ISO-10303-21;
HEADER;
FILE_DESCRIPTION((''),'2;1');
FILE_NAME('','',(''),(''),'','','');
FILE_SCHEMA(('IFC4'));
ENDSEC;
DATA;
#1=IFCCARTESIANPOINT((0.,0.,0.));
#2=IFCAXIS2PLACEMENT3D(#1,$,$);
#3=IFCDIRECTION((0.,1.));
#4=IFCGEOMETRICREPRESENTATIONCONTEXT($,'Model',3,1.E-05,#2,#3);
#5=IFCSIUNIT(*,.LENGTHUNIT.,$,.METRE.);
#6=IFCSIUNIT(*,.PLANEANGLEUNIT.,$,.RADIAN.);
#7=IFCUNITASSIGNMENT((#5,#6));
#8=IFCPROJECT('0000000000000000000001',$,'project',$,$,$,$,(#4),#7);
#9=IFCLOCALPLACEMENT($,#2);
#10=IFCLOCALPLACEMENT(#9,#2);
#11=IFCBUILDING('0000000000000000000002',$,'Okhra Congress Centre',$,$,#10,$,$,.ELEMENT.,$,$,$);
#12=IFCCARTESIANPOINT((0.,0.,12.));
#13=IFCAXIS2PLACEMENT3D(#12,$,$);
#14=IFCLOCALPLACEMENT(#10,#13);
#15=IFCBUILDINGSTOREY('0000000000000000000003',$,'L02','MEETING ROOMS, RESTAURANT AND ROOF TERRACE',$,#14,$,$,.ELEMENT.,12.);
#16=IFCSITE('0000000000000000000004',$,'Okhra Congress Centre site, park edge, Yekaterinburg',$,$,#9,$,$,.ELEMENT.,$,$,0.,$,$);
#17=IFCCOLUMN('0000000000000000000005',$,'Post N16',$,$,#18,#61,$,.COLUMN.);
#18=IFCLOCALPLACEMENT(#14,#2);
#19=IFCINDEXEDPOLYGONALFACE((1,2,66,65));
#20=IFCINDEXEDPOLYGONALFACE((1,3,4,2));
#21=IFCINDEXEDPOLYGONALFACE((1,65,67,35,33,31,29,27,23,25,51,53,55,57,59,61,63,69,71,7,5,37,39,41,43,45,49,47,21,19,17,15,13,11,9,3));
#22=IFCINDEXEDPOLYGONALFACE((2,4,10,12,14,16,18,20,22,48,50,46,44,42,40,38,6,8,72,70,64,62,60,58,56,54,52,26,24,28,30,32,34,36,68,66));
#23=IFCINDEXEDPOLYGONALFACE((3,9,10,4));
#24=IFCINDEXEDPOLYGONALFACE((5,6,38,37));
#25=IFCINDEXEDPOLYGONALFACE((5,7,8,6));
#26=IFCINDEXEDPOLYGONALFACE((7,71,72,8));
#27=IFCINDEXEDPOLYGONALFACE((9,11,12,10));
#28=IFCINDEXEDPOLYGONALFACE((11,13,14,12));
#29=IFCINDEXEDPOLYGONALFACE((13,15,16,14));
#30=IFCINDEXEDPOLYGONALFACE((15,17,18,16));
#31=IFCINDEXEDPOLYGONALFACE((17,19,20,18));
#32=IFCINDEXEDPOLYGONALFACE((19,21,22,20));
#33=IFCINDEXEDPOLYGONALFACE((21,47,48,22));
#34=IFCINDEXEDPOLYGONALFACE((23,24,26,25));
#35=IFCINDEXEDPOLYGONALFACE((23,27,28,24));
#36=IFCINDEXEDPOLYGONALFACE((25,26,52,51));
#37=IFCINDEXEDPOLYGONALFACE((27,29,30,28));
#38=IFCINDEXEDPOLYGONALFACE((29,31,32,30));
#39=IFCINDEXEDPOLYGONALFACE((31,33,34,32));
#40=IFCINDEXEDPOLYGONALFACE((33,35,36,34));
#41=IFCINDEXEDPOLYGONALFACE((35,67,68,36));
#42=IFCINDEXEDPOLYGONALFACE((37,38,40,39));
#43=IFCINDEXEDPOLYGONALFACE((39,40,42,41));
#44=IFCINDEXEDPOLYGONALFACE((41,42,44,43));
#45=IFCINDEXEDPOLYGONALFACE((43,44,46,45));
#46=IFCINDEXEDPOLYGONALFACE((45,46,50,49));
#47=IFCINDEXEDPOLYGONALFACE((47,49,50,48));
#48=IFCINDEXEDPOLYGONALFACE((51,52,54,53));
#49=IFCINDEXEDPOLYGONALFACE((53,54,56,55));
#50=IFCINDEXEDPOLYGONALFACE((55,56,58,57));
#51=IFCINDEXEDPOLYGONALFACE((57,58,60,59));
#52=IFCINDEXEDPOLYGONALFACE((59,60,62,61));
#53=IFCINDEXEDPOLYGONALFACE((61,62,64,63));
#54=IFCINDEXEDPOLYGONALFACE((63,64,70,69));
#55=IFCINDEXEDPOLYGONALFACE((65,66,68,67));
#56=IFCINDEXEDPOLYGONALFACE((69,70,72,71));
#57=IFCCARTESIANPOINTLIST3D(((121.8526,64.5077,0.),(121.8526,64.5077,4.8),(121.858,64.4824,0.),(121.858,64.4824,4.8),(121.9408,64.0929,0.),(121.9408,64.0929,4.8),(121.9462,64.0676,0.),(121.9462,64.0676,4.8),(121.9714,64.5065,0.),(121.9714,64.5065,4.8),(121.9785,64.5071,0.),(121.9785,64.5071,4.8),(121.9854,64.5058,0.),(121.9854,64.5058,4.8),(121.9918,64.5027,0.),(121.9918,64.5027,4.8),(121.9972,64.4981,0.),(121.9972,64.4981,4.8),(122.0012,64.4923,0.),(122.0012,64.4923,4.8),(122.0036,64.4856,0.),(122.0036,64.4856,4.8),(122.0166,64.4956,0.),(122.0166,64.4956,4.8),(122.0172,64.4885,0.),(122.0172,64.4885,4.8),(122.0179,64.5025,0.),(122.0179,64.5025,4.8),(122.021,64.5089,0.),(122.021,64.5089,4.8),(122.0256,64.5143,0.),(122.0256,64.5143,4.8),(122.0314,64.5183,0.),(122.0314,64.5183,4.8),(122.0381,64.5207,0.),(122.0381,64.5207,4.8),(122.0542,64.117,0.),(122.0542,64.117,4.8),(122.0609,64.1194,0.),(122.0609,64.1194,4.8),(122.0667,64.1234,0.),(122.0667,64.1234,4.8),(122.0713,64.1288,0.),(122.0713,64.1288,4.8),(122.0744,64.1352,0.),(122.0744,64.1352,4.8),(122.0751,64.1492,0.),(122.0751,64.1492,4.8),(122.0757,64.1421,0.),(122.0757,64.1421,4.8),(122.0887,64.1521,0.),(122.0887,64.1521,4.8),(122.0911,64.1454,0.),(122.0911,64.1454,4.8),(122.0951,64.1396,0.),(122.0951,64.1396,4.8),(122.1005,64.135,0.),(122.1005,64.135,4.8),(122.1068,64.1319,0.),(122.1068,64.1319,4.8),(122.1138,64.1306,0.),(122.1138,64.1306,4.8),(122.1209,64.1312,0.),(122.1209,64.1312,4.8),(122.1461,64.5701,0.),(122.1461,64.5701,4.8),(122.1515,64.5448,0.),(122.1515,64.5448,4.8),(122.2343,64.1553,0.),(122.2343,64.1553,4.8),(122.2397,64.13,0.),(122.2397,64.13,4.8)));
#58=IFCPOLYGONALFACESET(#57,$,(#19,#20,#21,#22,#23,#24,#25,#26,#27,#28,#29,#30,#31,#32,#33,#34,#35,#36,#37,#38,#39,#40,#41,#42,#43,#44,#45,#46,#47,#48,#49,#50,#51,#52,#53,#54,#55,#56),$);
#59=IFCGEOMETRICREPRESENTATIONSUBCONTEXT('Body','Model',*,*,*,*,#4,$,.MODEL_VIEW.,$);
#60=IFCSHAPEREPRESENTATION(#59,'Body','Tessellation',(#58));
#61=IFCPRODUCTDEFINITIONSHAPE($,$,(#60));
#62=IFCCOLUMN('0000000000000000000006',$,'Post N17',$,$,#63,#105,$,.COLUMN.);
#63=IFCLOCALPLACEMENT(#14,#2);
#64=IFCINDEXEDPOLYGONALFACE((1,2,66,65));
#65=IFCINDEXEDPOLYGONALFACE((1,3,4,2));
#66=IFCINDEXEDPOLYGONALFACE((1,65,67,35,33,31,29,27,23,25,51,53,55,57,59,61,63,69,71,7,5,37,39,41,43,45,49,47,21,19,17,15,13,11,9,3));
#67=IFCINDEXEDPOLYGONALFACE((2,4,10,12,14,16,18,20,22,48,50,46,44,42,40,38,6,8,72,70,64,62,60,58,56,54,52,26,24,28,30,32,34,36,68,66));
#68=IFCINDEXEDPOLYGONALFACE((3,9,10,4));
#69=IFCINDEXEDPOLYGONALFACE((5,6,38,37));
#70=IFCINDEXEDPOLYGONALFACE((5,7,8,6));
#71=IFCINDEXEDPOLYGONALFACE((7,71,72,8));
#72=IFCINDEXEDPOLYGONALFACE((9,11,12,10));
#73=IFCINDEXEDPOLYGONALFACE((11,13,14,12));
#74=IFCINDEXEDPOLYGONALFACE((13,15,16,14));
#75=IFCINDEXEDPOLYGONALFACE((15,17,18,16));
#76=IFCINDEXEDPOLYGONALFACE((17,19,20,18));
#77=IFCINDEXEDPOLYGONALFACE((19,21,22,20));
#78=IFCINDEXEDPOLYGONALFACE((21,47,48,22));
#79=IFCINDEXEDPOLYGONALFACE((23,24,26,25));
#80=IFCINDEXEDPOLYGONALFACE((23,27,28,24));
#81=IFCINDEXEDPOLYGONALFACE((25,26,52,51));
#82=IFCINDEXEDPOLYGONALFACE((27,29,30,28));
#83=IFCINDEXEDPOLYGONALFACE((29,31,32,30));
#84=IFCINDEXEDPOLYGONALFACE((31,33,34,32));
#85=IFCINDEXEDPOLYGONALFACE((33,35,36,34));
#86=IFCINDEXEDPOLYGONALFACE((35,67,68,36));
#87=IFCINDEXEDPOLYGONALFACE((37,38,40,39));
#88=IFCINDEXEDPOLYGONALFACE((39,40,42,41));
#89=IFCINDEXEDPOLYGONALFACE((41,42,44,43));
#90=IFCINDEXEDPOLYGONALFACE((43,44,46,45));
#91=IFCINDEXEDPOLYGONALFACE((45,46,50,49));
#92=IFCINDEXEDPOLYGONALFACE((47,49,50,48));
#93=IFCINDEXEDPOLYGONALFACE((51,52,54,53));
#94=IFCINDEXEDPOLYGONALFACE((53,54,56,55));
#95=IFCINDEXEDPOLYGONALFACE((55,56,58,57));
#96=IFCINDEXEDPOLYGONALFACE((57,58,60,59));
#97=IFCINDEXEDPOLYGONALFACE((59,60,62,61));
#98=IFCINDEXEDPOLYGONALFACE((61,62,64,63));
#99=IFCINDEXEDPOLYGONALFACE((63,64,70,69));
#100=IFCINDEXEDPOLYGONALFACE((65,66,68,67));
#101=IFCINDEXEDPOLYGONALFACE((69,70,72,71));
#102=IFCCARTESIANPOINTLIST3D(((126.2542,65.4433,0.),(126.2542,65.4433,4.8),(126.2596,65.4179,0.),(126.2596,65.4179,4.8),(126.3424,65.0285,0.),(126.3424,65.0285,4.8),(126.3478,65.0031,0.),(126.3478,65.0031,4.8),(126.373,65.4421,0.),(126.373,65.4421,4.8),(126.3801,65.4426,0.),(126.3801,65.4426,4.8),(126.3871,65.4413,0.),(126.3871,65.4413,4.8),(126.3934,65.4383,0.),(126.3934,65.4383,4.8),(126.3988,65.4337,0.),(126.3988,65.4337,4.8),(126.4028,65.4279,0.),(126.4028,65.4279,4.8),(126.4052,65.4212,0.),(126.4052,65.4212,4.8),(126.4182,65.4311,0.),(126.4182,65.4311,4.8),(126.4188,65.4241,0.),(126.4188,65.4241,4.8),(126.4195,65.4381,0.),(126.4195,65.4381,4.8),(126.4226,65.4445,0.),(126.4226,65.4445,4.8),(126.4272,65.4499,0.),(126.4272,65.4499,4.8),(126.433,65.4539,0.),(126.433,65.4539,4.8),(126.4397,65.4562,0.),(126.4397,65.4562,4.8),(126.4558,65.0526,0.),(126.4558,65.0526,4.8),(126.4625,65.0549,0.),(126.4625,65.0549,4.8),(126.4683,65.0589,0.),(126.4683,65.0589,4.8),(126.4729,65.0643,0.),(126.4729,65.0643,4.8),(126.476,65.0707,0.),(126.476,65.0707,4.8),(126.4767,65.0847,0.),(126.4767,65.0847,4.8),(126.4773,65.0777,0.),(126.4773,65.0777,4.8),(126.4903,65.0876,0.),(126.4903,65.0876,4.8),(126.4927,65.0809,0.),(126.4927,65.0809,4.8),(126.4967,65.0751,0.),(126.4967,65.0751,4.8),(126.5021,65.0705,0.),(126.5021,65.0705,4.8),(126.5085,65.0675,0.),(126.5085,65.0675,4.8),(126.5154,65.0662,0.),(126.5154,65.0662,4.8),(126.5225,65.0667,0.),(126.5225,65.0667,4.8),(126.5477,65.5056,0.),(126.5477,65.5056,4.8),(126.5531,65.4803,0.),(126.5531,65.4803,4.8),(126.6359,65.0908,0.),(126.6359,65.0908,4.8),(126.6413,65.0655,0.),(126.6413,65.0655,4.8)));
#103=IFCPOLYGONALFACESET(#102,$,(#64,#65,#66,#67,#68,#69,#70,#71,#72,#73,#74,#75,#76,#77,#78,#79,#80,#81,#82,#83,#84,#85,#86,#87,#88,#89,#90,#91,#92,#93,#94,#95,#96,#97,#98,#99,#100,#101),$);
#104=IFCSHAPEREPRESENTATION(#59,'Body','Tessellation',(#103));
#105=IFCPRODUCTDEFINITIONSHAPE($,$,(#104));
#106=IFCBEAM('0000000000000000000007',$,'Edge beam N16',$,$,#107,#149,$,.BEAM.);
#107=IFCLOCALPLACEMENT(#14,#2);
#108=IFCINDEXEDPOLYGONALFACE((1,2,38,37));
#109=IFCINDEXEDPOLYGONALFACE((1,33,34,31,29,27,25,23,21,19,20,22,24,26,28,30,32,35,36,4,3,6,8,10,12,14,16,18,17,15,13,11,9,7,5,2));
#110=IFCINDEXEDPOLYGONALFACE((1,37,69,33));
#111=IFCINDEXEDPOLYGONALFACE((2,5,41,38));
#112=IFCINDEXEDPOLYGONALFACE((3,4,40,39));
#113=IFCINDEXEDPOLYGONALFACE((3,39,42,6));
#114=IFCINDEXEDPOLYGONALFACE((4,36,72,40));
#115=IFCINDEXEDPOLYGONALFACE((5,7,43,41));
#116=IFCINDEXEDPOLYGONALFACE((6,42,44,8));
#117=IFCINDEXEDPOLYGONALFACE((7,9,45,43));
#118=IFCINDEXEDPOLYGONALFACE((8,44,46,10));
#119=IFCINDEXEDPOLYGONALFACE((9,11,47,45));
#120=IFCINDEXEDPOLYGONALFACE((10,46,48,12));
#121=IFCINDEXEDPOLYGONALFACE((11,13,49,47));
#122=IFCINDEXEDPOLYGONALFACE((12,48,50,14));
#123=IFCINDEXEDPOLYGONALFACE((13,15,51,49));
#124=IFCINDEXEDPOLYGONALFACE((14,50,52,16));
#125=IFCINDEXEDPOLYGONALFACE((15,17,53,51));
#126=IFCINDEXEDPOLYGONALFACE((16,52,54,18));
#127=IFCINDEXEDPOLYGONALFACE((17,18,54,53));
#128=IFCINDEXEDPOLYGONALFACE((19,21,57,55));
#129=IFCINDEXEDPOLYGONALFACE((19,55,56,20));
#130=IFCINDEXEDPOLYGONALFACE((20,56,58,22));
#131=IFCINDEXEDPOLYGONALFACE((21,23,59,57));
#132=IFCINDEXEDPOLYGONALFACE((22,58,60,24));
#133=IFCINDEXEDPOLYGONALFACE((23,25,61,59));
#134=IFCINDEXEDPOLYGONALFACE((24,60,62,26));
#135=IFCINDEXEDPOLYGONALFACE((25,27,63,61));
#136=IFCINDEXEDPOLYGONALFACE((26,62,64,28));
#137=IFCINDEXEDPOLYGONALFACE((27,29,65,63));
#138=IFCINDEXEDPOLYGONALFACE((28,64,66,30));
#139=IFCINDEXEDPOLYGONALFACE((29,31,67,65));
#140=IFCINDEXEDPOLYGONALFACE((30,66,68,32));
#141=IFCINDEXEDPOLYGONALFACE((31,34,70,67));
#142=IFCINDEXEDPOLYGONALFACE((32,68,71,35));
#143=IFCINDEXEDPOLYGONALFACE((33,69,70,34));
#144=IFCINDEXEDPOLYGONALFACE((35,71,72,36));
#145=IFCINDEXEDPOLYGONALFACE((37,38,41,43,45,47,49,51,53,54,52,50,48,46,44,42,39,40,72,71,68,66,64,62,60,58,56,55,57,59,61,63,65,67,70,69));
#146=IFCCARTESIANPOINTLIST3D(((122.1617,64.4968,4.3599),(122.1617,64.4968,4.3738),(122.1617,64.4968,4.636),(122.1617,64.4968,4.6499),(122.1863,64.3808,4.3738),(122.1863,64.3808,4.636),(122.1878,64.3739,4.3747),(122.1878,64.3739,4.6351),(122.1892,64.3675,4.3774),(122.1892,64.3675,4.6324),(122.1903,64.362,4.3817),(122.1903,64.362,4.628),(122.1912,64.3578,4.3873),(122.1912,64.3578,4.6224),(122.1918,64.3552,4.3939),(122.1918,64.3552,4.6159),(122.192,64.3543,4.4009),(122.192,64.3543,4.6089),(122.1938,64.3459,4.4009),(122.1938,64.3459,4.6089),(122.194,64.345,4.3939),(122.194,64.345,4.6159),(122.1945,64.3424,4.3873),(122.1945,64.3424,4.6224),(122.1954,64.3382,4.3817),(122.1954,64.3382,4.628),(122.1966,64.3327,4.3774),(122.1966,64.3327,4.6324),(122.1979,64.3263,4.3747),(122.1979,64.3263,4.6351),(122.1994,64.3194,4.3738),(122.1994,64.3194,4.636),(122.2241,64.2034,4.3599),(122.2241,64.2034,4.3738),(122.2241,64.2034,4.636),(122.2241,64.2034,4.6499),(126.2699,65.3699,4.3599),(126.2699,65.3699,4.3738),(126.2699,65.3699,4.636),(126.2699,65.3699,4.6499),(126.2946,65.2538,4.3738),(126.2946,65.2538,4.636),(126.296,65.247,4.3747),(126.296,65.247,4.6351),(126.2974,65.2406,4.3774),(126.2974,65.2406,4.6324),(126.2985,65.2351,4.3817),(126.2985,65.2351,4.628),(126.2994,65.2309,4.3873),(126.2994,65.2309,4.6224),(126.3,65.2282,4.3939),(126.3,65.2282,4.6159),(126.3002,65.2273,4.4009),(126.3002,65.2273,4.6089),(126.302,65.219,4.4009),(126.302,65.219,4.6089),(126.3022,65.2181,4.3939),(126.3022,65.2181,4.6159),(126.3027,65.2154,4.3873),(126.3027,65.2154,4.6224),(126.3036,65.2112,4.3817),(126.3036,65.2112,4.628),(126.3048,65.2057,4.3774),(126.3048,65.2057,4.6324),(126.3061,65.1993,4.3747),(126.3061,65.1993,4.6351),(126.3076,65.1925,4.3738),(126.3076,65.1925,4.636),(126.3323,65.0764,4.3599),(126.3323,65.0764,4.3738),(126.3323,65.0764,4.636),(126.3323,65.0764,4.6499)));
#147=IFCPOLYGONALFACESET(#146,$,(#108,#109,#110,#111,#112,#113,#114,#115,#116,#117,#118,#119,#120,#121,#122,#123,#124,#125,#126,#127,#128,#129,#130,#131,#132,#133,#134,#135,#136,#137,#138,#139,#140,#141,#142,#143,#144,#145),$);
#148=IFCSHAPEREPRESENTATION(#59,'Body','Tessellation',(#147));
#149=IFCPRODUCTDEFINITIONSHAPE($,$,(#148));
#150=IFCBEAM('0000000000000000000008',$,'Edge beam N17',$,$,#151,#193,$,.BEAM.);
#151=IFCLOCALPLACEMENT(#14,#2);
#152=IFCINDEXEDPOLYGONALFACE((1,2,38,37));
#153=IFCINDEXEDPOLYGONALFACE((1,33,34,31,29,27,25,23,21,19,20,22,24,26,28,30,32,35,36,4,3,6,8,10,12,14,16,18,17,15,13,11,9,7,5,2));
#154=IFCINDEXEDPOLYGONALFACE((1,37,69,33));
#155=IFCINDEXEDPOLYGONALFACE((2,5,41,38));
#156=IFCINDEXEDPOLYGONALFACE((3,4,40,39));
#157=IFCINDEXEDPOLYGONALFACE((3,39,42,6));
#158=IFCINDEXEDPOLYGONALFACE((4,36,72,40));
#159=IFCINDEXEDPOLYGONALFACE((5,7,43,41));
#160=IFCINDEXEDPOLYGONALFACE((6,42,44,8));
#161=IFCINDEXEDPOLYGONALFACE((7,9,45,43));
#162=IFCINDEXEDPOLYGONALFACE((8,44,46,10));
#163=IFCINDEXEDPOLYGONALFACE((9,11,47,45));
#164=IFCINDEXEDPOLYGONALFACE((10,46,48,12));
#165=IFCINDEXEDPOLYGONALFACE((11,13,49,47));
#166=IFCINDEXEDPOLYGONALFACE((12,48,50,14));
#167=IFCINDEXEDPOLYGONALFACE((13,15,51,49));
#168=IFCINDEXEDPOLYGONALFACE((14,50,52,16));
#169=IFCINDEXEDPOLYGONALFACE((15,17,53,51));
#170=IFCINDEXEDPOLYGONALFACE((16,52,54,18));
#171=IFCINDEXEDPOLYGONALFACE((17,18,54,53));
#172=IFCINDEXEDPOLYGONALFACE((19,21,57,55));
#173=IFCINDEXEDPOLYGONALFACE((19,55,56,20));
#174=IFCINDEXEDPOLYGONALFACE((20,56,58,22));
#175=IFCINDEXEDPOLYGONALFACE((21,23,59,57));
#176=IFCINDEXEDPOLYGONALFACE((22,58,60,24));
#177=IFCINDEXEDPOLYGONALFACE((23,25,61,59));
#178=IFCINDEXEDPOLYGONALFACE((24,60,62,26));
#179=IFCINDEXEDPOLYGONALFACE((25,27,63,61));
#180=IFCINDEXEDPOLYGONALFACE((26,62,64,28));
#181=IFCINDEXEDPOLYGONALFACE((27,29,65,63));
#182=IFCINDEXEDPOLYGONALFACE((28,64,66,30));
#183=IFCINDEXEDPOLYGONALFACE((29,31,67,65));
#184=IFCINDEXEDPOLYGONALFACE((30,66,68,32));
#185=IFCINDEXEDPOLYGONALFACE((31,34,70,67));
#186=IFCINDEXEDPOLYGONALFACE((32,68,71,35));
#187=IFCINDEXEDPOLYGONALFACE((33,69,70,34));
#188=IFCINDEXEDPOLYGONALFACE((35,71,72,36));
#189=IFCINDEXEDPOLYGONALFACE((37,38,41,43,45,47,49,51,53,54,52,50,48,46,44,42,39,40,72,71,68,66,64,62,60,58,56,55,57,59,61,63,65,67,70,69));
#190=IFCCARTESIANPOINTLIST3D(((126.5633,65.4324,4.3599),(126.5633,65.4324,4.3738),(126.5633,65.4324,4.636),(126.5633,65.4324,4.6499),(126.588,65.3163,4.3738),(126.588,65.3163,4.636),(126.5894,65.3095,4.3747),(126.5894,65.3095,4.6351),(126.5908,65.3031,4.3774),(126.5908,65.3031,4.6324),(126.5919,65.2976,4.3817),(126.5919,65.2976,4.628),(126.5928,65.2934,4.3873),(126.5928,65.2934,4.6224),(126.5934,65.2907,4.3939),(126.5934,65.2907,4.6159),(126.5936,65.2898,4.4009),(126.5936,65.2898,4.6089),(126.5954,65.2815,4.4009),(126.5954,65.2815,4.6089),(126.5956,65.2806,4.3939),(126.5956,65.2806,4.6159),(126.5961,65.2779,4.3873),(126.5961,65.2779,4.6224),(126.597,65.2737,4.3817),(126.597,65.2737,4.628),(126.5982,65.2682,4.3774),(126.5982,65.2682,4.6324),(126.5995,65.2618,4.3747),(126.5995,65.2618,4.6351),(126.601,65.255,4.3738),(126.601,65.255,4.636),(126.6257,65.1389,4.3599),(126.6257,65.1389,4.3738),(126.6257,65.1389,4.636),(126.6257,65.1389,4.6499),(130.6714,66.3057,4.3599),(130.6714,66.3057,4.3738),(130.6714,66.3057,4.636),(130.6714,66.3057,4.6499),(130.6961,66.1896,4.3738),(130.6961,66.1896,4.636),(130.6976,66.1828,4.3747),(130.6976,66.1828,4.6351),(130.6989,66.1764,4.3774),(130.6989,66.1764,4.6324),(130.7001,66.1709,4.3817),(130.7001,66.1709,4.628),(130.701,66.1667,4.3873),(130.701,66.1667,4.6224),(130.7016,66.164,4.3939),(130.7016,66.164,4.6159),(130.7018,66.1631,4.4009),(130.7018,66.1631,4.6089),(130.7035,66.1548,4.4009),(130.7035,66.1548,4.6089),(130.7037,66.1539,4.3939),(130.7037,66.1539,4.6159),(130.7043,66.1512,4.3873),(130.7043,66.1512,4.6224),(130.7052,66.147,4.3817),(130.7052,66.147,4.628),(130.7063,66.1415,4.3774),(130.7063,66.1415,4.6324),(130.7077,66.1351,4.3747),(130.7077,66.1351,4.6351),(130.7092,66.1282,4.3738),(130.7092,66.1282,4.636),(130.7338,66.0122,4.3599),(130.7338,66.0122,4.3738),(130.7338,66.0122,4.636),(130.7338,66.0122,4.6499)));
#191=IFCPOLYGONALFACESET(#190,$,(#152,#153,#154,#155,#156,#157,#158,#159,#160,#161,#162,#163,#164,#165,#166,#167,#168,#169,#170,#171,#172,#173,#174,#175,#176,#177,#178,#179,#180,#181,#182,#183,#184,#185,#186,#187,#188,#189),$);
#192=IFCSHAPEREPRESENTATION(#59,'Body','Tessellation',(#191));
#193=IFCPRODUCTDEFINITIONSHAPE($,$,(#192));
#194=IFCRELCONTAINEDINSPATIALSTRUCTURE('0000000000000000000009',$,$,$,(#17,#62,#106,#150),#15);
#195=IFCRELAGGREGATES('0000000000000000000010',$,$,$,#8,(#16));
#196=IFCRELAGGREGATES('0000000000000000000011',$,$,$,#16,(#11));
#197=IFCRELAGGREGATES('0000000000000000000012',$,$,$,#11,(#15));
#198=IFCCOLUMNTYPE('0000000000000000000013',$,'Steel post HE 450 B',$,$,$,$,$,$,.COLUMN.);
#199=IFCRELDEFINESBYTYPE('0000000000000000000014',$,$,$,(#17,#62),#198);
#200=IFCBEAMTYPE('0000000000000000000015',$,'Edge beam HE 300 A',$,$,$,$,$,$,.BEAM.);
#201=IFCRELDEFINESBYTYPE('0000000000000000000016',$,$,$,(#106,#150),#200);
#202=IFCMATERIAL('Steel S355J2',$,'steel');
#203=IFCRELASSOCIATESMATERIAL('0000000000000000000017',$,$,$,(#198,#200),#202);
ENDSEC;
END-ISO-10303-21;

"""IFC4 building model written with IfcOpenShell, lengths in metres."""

from ifc_helpers import new_model, si_unit, direction, frame, origin, origin_2d, place, context, subcontext, project, spatial, i_section, extrude, material, material_profile, profile_set, type_object, element, save


model = new_model("IFC4")

# Units and contexts
model_context = context("Model", 3, precision=1e-05, world=origin(), true_north=direction((0.0, 1.0)))
body_context = subcontext(model_context, "Body", "Model", "MODEL_VIEW")
ifc_project = project(units=[si_unit("LENGTHUNIT", "METRE"), si_unit("PLANEANGLEUNIT", "RADIAN")], contexts=[model_context])

# Site, building, storey
site_placement = place(None, origin())
site = spatial("IfcSite", under=ifc_project, at=site_placement, Name="Okhra Congress Centre site, park edge, Yekaterinburg", CompositionType="ELEMENT", RefElevation=0.0)
building_placement = place(site_placement, origin())
building = spatial("IfcBuilding", under=site, at=building_placement, Name="Okhra Congress Centre", CompositionType="ELEMENT")
storey_placement = place(building_placement, frame((0.0, 0.0, 12.0)))
storey = spatial("IfcBuildingStorey", under=building, at=storey_placement, Name="L02", Description="MEETING ROOMS, RESTAURANT AND ROOF TERRACE", CompositionType="ELEMENT", Elevation=12.0)

# Columns
ifc_material_1 = material(Name="Steel S355J2", Category="steel")
ifc_material_profile_1 = material_profile(ifc_material_1, i_section(OverallWidth=0.3, OverallDepth=0.45, WebThickness=0.0139, FlangeThickness=0.0259, FilletRadius=0.0271, at=origin_2d()), Name="HE 450 B")
ifc_profile_set_1 = profile_set([ifc_material_profile_1], Name="Steel S355J2")
column_type = type_object("IfcColumnType", Name="Steel post HE 450 B", PredefinedType="COLUMN", material=ifc_profile_set_1)
for number, where, z_axis, x_axis, name in (
    (1, (122.0461, 64.3188, 0.0), (0.0, 0.0, 1.0), (0.978148, 0.207912, 0.0), "Post N16"),
    (2, (126.4478, 65.2544, 0.0), (0.0, 0.0, 1.0), (0.978148, 0.207912, 0.0), "Post N17"),
):
    element("IfcColumn", number, at=place(storey_placement, frame(where, z_axis=z_axis, x_axis=x_axis)), inside=storey, type_object=column_type, Name=name, PredefinedType="COLUMN", context=body_context, shape_type="SweptSolid", body=[
        extrude(i_section(OverallWidth=0.3, OverallDepth=0.45, WebThickness=0.0139, FlangeThickness=0.0259, FilletRadius=0.0271, at=origin_2d()), origin(), (0.0, 0.0, 1.0), 4.8),
    ])

# Beams
ifc_material_profile_2 = material_profile(ifc_material_1, i_section(OverallWidth=0.3, OverallDepth=0.29, WebThickness=0.0085, FlangeThickness=0.0139, FilletRadius=0.0271, at=origin_2d()), Name="HE 300 A")
ifc_profile_set_2 = profile_set([ifc_material_profile_2], Name="Steel S355J2")
beam_type = type_object("IfcBeamType", Name="Edge beam HE 300 A", PredefinedType="BEAM", material=ifc_profile_set_2)
for number, where, z_axis, x_axis, name in (
    (3, (122.1929, 64.3501, 4.5049), (0.978156, 0.207873, 0.0), (-0.207873, 0.978156, 0.0), "Edge beam N16"),
    (4, (126.5945, 65.2856, 4.5049), (0.978144, 0.207929, 0.0), (-0.207929, 0.978144, 0.0), "Edge beam N17"),
):
    element("IfcBeam", number, at=place(storey_placement, frame(where, z_axis=z_axis, x_axis=x_axis)), inside=storey, type_object=beam_type, Name=name, PredefinedType="BEAM", context=body_context, shape_type="SweptSolid", body=[
        extrude(i_section(OverallWidth=0.3, OverallDepth=0.29, WebThickness=0.0085, FlangeThickness=0.0139, FilletRadius=0.0271, at=origin_2d()), origin(), (0.0, 0.0, 1.0), 4.2),
    ])

save(model, "model.ifc")
